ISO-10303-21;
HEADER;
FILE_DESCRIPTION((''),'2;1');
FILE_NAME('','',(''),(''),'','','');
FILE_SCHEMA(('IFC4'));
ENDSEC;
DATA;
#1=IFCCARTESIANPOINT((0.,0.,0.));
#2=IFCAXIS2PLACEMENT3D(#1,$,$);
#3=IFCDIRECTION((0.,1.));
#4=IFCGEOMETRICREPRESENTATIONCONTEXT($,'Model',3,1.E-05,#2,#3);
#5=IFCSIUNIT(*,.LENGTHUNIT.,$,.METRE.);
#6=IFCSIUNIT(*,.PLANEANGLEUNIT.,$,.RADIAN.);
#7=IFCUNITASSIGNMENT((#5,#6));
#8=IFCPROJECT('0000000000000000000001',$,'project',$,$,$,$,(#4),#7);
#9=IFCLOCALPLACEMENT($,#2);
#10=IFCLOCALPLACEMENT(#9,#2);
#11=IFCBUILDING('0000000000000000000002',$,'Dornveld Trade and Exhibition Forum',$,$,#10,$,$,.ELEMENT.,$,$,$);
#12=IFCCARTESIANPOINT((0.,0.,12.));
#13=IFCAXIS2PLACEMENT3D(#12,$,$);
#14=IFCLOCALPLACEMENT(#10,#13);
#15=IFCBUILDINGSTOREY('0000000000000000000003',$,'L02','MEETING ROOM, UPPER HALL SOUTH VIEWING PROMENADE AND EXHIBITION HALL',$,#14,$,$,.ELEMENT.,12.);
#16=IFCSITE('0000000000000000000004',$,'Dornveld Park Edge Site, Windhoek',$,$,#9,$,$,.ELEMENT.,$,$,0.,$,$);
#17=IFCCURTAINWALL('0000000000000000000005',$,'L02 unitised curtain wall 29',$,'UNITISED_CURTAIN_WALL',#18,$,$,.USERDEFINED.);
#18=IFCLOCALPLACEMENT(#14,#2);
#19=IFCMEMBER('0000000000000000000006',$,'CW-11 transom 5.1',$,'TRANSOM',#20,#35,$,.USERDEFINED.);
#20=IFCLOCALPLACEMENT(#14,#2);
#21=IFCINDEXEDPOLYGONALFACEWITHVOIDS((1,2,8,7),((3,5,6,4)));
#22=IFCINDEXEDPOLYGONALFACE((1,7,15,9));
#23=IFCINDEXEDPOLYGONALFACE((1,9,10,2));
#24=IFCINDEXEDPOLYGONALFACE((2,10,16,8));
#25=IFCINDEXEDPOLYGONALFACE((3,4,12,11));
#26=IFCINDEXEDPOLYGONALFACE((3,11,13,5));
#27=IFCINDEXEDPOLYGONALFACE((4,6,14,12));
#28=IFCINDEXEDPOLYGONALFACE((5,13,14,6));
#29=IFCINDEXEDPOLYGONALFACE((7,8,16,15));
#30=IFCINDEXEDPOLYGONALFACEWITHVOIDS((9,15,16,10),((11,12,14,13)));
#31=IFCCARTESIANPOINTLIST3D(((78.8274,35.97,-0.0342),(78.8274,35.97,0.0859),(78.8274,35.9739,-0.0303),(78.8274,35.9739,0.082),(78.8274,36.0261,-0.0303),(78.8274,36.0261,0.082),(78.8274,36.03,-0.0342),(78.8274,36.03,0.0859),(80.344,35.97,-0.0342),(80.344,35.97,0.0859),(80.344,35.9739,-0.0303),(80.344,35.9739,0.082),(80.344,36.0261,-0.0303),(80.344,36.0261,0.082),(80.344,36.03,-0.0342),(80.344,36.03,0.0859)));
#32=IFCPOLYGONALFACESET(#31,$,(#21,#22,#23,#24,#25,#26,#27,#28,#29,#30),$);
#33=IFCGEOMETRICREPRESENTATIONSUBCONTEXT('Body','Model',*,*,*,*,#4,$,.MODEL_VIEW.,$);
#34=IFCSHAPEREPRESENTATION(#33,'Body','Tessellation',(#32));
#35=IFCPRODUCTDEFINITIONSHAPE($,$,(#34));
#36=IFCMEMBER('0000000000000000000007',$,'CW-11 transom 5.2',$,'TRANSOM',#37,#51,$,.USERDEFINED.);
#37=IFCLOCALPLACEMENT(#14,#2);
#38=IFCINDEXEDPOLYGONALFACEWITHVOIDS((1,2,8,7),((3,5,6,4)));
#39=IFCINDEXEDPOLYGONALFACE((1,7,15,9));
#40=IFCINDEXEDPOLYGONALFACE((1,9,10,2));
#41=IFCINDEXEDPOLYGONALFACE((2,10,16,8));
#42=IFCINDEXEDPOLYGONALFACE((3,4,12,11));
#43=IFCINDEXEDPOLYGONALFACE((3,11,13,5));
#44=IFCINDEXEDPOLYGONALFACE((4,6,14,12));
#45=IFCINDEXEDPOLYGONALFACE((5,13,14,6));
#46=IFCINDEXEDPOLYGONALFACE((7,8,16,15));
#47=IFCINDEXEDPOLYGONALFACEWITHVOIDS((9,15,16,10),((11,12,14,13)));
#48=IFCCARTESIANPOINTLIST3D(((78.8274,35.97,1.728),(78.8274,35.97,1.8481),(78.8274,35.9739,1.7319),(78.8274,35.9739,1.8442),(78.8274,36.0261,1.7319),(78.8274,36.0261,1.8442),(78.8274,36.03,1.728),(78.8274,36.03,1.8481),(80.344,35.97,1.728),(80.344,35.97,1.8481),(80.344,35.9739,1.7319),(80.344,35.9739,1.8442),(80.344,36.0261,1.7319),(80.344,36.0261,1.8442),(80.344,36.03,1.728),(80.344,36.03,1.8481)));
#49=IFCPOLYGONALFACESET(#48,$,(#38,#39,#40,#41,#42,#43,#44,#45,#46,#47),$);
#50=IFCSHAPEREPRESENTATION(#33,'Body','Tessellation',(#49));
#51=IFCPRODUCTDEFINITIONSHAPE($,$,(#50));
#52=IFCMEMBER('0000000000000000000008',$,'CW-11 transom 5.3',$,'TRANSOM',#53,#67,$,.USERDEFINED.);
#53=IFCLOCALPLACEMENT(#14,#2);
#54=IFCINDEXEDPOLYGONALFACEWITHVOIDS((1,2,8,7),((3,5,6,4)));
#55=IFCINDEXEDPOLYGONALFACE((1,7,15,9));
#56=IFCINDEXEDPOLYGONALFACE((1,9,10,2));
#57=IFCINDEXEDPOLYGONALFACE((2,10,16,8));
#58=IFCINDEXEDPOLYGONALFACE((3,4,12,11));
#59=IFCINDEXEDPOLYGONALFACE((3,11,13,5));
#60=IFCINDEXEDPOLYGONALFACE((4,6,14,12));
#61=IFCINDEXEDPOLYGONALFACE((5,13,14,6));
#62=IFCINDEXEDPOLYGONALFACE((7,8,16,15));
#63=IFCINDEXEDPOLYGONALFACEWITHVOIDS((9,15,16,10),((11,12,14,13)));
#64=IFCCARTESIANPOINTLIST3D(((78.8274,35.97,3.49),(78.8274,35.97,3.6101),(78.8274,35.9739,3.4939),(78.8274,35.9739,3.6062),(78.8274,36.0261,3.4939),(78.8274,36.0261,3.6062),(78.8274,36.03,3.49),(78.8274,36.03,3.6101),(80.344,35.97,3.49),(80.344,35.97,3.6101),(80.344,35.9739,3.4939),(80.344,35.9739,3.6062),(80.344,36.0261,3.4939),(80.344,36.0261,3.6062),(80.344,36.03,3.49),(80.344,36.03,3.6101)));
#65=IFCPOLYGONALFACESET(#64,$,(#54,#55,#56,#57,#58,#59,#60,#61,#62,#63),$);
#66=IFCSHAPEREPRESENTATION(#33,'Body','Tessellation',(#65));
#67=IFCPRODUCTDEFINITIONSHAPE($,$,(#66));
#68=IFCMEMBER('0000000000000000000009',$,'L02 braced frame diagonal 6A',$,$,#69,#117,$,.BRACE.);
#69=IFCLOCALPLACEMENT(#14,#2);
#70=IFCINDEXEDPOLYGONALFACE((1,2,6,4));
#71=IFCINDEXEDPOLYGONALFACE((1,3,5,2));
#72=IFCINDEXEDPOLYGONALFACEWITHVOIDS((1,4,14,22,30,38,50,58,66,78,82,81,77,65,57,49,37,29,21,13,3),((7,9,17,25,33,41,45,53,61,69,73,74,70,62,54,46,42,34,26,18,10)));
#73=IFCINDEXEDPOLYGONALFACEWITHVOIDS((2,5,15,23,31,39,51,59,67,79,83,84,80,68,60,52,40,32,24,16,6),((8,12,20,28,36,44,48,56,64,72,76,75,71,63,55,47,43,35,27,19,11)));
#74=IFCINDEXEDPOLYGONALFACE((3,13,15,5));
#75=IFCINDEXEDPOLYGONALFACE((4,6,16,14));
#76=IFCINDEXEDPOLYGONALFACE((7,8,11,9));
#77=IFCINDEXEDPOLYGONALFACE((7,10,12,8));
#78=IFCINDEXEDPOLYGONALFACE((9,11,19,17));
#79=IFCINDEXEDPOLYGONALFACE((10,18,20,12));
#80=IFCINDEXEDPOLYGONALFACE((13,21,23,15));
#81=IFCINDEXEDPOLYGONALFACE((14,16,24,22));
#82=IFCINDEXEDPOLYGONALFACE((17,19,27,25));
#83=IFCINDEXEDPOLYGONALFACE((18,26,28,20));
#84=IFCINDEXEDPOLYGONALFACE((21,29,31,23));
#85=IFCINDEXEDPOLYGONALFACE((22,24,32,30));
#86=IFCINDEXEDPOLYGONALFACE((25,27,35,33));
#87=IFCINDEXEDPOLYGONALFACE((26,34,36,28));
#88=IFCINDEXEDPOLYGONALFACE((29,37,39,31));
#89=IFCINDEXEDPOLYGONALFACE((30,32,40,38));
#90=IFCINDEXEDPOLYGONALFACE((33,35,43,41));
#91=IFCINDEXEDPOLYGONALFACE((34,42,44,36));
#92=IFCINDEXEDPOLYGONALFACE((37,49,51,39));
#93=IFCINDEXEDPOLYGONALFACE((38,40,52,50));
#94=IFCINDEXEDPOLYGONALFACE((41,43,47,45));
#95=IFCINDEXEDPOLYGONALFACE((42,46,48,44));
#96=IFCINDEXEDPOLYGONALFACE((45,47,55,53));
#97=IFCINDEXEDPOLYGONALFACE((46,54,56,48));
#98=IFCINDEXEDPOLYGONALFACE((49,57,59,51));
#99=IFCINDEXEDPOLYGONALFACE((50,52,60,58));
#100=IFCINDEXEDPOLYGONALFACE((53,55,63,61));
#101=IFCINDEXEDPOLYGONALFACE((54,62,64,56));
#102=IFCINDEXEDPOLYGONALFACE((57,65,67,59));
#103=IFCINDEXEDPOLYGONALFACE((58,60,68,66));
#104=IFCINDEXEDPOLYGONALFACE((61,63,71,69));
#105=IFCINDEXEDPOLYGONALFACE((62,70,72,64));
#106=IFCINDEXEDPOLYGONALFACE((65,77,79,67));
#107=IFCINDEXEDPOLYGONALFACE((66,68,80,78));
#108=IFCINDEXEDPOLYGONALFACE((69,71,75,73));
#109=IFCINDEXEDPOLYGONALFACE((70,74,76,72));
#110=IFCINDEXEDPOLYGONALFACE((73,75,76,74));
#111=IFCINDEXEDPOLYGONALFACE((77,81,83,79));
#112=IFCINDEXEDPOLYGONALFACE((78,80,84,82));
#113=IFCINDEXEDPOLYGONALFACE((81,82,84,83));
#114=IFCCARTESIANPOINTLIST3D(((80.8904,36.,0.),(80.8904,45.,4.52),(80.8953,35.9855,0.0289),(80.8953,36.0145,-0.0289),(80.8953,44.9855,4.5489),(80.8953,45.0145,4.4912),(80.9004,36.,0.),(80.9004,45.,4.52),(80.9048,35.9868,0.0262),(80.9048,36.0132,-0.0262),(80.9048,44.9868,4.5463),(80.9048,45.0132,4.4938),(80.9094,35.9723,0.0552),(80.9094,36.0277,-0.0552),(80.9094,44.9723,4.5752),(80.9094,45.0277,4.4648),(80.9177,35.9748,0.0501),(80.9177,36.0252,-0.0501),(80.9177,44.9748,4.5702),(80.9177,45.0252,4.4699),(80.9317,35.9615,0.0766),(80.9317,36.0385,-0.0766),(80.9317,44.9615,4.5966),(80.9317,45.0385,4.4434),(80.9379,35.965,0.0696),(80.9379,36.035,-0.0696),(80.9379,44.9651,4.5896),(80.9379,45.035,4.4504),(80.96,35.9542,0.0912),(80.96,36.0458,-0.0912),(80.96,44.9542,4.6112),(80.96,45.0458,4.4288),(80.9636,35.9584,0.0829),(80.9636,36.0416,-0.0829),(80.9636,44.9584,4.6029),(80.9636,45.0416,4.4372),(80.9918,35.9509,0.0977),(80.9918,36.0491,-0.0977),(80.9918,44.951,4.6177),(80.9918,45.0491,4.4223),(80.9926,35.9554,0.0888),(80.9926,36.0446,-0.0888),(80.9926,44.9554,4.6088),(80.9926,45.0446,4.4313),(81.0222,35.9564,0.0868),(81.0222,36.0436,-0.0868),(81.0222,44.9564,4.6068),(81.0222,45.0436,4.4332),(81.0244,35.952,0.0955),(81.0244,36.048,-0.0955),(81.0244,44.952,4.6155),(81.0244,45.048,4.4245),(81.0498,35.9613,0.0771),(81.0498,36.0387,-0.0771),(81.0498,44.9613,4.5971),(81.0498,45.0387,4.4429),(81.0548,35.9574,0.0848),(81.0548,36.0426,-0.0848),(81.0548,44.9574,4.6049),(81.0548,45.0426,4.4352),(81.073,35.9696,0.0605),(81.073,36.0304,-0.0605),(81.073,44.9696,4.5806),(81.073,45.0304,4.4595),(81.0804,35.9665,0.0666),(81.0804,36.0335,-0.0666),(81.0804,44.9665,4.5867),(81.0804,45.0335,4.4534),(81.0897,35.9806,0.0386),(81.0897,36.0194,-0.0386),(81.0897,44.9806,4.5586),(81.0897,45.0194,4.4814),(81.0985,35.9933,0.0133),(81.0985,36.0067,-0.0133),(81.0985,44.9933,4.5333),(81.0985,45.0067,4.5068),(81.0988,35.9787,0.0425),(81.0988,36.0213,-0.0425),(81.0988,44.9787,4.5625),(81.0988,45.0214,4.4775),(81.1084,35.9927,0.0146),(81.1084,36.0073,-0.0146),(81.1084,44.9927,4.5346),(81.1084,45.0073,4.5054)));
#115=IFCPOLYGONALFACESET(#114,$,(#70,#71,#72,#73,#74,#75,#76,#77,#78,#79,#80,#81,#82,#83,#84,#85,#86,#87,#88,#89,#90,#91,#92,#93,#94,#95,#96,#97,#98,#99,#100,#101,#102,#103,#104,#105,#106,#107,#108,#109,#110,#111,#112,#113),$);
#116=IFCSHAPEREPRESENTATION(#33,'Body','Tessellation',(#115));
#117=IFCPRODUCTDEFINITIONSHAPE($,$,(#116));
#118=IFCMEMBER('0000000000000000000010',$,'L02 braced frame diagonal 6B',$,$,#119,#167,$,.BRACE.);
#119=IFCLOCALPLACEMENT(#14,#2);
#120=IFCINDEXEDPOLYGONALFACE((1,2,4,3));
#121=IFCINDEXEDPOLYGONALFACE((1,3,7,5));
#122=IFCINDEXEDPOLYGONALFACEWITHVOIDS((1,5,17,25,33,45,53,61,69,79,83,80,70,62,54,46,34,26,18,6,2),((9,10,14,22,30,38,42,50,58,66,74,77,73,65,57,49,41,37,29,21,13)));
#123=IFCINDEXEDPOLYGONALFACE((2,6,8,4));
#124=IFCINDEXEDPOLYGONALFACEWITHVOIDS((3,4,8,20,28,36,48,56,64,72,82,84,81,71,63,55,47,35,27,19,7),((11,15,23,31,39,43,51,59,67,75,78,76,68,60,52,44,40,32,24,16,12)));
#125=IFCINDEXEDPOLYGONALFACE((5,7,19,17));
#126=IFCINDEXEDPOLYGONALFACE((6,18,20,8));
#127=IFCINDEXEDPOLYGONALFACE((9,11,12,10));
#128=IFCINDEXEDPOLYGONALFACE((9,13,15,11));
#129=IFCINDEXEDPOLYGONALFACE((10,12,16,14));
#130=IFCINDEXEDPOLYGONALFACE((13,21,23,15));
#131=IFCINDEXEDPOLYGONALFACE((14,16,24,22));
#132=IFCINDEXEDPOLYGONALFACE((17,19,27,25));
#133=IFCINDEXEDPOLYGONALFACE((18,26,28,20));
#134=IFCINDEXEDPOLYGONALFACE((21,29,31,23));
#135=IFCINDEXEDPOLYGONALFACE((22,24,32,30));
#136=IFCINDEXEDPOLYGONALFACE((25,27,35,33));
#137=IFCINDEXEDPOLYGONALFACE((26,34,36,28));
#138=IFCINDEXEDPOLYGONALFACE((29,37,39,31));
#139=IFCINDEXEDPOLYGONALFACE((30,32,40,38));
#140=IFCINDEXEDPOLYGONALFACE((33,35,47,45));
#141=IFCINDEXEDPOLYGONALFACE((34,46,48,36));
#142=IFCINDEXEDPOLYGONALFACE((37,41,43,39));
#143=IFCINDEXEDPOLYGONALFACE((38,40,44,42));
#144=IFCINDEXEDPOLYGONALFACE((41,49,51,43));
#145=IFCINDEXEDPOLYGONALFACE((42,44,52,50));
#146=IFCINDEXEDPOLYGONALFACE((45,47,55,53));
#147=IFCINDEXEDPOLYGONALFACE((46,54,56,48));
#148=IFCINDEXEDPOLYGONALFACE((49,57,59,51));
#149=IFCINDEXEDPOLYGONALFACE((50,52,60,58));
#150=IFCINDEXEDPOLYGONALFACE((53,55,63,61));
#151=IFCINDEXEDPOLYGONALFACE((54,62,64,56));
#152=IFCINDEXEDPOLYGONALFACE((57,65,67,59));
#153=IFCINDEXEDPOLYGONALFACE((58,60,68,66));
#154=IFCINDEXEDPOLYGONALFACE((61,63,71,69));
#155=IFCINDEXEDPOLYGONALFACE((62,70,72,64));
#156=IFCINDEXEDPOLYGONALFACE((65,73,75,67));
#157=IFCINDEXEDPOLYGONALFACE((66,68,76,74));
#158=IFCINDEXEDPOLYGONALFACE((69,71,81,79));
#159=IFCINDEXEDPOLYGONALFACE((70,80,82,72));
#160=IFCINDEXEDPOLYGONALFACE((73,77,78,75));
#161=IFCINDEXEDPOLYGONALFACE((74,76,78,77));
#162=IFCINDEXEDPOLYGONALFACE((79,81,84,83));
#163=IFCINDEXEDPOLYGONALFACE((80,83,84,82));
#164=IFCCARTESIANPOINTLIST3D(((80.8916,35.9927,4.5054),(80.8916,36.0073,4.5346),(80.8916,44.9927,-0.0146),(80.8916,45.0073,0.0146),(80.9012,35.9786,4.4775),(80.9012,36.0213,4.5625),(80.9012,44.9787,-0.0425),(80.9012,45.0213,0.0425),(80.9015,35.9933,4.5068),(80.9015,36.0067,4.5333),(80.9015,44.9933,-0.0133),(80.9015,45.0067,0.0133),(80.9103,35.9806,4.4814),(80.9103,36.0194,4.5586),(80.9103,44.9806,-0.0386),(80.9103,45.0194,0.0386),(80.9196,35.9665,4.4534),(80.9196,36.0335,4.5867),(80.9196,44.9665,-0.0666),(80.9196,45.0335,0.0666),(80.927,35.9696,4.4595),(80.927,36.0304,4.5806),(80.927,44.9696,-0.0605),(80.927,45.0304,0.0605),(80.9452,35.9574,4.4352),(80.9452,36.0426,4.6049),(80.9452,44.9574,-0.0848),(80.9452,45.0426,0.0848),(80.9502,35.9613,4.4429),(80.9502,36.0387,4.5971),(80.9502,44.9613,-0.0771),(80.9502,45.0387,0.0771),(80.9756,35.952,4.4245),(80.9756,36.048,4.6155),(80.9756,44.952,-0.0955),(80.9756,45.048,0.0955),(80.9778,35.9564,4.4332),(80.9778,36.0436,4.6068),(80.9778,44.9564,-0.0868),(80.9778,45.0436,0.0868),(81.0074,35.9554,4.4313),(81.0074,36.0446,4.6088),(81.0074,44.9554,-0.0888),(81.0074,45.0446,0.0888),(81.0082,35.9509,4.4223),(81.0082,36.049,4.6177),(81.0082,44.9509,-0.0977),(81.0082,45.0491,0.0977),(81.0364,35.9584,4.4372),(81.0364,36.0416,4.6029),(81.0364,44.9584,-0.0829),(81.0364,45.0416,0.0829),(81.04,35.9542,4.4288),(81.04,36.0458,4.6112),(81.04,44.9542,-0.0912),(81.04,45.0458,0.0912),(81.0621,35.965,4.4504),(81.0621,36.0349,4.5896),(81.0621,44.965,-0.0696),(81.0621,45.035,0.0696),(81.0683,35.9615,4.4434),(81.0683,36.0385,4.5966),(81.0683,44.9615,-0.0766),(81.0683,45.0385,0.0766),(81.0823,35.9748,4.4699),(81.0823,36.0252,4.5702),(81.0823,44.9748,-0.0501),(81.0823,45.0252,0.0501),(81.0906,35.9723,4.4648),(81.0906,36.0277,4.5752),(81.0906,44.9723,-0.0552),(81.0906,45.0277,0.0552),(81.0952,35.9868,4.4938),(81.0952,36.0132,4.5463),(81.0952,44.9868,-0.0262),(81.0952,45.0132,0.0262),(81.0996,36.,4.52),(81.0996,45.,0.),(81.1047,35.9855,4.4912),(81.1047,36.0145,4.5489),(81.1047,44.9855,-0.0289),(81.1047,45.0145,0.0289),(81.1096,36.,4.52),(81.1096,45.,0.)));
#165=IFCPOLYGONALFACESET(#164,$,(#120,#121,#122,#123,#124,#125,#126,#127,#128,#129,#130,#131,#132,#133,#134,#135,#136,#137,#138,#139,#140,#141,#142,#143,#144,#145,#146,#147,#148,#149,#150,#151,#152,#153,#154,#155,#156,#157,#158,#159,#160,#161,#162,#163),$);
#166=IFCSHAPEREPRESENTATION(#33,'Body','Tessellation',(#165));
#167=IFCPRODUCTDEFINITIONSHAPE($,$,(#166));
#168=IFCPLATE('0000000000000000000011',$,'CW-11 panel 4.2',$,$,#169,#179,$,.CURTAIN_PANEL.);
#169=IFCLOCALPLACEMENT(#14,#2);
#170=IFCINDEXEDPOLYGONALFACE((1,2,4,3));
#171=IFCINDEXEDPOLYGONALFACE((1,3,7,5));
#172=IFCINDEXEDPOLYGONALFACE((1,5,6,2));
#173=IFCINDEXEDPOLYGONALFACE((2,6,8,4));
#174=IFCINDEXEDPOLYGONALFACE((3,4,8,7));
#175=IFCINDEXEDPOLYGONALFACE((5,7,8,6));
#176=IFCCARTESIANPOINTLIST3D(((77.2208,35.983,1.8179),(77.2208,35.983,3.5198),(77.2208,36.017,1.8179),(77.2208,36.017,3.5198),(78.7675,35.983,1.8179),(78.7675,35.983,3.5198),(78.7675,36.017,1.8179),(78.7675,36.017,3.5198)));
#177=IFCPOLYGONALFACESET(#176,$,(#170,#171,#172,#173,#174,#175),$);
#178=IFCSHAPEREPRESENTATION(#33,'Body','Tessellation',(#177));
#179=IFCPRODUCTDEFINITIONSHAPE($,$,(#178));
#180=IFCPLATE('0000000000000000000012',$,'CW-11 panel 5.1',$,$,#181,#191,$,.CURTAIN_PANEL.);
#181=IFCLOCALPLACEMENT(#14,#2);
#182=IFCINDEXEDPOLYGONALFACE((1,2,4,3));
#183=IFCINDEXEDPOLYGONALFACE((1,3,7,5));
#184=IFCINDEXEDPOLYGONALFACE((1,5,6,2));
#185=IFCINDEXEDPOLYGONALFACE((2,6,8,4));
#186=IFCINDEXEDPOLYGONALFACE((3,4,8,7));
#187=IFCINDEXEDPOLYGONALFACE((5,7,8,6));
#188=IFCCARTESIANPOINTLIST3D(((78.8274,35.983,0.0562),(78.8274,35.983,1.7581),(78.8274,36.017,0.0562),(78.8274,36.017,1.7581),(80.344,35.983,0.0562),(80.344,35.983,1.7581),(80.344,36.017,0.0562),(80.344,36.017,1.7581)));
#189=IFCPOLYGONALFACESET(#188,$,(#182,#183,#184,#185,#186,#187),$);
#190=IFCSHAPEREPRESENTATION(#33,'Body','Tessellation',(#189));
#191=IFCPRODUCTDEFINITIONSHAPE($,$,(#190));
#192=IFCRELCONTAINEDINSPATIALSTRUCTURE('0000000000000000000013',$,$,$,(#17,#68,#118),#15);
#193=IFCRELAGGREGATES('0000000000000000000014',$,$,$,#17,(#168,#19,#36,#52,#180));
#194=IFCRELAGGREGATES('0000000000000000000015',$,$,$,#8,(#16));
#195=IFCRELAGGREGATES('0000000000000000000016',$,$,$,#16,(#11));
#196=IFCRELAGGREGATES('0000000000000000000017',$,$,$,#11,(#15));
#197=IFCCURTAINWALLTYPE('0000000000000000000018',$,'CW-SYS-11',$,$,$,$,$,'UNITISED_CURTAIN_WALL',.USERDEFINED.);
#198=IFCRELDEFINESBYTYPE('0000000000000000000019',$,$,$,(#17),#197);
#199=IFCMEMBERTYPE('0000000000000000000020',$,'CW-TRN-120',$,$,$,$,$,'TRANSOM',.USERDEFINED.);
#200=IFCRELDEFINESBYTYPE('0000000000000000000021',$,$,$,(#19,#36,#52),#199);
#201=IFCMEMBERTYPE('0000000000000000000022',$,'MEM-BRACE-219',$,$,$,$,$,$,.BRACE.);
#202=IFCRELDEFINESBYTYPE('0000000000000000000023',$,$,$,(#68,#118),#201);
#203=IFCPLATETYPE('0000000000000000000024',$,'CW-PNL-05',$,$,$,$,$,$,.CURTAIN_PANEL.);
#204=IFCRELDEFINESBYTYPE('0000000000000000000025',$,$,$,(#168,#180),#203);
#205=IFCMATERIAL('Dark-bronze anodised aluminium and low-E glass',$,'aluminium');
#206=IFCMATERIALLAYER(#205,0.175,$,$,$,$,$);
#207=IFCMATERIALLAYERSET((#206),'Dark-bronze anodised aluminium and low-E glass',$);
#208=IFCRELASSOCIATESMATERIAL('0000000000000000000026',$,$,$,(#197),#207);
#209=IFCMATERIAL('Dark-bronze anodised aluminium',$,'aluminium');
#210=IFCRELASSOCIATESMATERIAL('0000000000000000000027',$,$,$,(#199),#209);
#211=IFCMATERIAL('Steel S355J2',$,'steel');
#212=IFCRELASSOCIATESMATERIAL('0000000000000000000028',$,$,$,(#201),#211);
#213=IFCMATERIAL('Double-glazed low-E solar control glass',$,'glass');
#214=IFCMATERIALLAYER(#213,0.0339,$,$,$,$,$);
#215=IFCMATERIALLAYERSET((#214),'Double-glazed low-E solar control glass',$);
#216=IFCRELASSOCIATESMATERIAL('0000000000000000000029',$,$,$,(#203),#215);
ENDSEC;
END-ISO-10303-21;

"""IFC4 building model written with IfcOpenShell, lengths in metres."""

from ifc_helpers import new_model, si_unit, direction, frame, origin, origin_2d, place, context, subcontext, project, spatial, rectangle, hollow_rectangle, hollow_circle, extrude, material, layer, layer_set, material_profile, profile_set, type_object, element, aggregate, save


model = new_model("IFC4")

# Units and contexts
model_context = context("Model", 3, precision=1e-05, world=origin(), true_north=direction((0.0, 1.0)))
body_context = subcontext(model_context, "Body", "Model", "MODEL_VIEW")
ifc_project = project(units=[si_unit("LENGTHUNIT", "METRE"), si_unit("PLANEANGLEUNIT", "RADIAN")], contexts=[model_context])

# Site, building, storey
site_placement = place(None, origin())
site = spatial("IfcSite", under=ifc_project, at=site_placement, Name="Dornveld Park Edge Site, Windhoek", CompositionType="ELEMENT", RefElevation=0.0)
building_placement = place(site_placement, origin())
building = spatial("IfcBuilding", under=site, at=building_placement, Name="Dornveld Trade and Exhibition Forum", CompositionType="ELEMENT")
storey_placement = place(building_placement, frame((0.0, 0.0, 12.0)))
storey = spatial("IfcBuildingStorey", under=building, at=storey_placement, Name="L02", Description="MEETING ROOM, UPPER HALL SOUTH VIEWING PROMENADE AND EXHIBITION HALL", CompositionType="ELEMENT", Elevation=12.0)

# Curtain wall, members
ifc_material_1 = material(Name="Dark-bronze anodised aluminium and low-E glass", Category="aluminium")
ifc_layer_1 = layer(ifc_material_1, 0.175)
ifc_layer_set_1 = layer_set([ifc_layer_1], Name="Dark-bronze anodised aluminium and low-E glass")
curtain_wall_type = type_object("IfcCurtainWallType", Name="CW-SYS-11", ElementType="UNITISED_CURTAIN_WALL", PredefinedType="USERDEFINED", material=ifc_layer_set_1)
curtain_wall_placement = place(storey_placement, origin())
curtain_wall = element("IfcCurtainWall", 1, at=curtain_wall_placement, inside=storey, type_object=curtain_wall_type, Name="L02 unitised curtain wall 29", ObjectType="UNITISED_CURTAIN_WALL", PredefinedType="USERDEFINED")
ifc_material_2 = material(Name="Dark-bronze anodised aluminium", Category="aluminium")
ifc_material_profile_1 = material_profile(ifc_material_2, hollow_rectangle(XDim=0.0601, YDim=0.1201, WallThickness=0.0039, at=origin_2d()), Name="RHS 120x60x4")
ifc_profile_set_1 = profile_set([ifc_material_profile_1], Name="Dark-bronze anodised aluminium")
member_type_1 = type_object("IfcMemberType", Name="CW-TRN-120", ElementType="TRANSOM", PredefinedType="USERDEFINED", material=ifc_profile_set_1)
member_1_placement = place(storey_placement, frame((78.8274, 36.0, 0.0259), z_axis=(1.0, 0.0, 0.0), x_axis=(0.0, 1.0, 0.0)))
member_1 = element("IfcMember", 2, at=member_1_placement, type_object=member_type_1, Name="CW-11 transom 5.1", ObjectType="TRANSOM", PredefinedType="USERDEFINED", context=body_context, shape_type="SweptSolid", body=[
    extrude(hollow_rectangle(XDim=0.0601, YDim=0.1201, WallThickness=0.0039, at=origin_2d()), origin(), (0.0, 0.0, 1.0), 1.5166),
])
member_2_placement = place(storey_placement, frame((78.8274, 36.0, 1.7881), z_axis=(1.0, 0.0, 0.0), x_axis=(0.0, 1.0, 0.0)))
member_2 = element("IfcMember", 3, at=member_2_placement, type_object=member_type_1, Name="CW-11 transom 5.2", ObjectType="TRANSOM", PredefinedType="USERDEFINED", context=body_context, shape_type="SweptSolid", body=[
    extrude(hollow_rectangle(XDim=0.0601, YDim=0.1201, WallThickness=0.0039, at=origin_2d()), origin(), (0.0, 0.0, 1.0), 1.5166),
])
member_3_placement = place(storey_placement, frame((78.8274, 36.0, 3.55), z_axis=(1.0, 0.0, 0.0), x_axis=(0.0, 1.0, 0.0)))
member_3 = element("IfcMember", 4, at=member_3_placement, type_object=member_type_1, Name="CW-11 transom 5.3", ObjectType="TRANSOM", PredefinedType="USERDEFINED", context=body_context, shape_type="SweptSolid", body=[
    extrude(hollow_rectangle(XDim=0.0601, YDim=0.1201, WallThickness=0.0039, at=origin_2d()), origin(), (0.0, 0.0, 1.0), 1.5166),
])

# Members
ifc_material_3 = material(Name="Steel S355J2", Category="steel")
ifc_material_profile_2 = material_profile(ifc_material_3, hollow_circle(Radius=0.1096, WallThickness=0.01, at=origin_2d()), Name="CHS 219.1x10")
ifc_profile_set_2 = profile_set([ifc_material_profile_2], Name="Steel S355J2")
member_type_2 = type_object("IfcMemberType", Name="MEM-BRACE-219", PredefinedType="BRACE", material=ifc_profile_set_2)
for number, where, z_axis, x_axis, name in (
    (5, (81.0, 36.0, 0.0), (0.0, 0.893631, 0.448803), (-1.0, 0.0, 0.0), "L02 braced frame diagonal 6A"),
    (6, (81.0, 45.0, 0.0), (0.0, -0.893631, 0.448803), (1.0, 0.0, 0.0), "L02 braced frame diagonal 6B"),
):
    element("IfcMember", number, at=place(storey_placement, frame(where, z_axis=z_axis, x_axis=x_axis)), inside=storey, type_object=member_type_2, Name=name, PredefinedType="BRACE", context=body_context, shape_type="SweptSolid", body=[
        extrude(hollow_circle(Radius=0.1096, WallThickness=0.01, at=origin_2d()), origin(), (0.0, 0.0, 1.0), 10.0713),
    ])

# Plates
ifc_material_4 = material(Name="Double-glazed low-E solar control glass", Category="glass")
ifc_layer_2 = layer(ifc_material_4, 0.0339)
ifc_layer_set_2 = layer_set([ifc_layer_2], Name="Double-glazed low-E solar control glass")
plate_type = type_object("IfcPlateType", Name="CW-PNL-05", PredefinedType="CURTAIN_PANEL", material=ifc_layer_set_2)
plate_1_placement = place(storey_placement, frame((77.9941, 36.0, 1.8179), z_axis=(0.0, 0.0, 1.0), x_axis=(1.0, 0.0, 0.0)))
plate_1 = element("IfcPlate", 7, at=plate_1_placement, type_object=plate_type, Name="CW-11 panel 4.2", PredefinedType="CURTAIN_PANEL", context=body_context, shape_type="SweptSolid", body=[
    extrude(rectangle(XDim=1.5466, YDim=0.0339, at=origin_2d()), origin(), (0.0, 0.0, 1.0), 1.7019),
])
plate_2_placement = place(storey_placement, frame((79.5857, 36.0, 0.0562), z_axis=(0.0, 0.0, 1.0), x_axis=(1.0, 0.0, 0.0)))
plate_2 = element("IfcPlate", 8, at=plate_2_placement, type_object=plate_type, Name="CW-11 panel 5.1", PredefinedType="CURTAIN_PANEL", context=body_context, shape_type="SweptSolid", body=[
    extrude(rectangle(XDim=1.5166, YDim=0.0339, at=origin_2d()), origin(), (0.0, 0.0, 1.0), 1.7019),
])
aggregate(curtain_wall, [plate_1, member_1, member_2, member_3, plate_2])

save(model, "model.ifc")
